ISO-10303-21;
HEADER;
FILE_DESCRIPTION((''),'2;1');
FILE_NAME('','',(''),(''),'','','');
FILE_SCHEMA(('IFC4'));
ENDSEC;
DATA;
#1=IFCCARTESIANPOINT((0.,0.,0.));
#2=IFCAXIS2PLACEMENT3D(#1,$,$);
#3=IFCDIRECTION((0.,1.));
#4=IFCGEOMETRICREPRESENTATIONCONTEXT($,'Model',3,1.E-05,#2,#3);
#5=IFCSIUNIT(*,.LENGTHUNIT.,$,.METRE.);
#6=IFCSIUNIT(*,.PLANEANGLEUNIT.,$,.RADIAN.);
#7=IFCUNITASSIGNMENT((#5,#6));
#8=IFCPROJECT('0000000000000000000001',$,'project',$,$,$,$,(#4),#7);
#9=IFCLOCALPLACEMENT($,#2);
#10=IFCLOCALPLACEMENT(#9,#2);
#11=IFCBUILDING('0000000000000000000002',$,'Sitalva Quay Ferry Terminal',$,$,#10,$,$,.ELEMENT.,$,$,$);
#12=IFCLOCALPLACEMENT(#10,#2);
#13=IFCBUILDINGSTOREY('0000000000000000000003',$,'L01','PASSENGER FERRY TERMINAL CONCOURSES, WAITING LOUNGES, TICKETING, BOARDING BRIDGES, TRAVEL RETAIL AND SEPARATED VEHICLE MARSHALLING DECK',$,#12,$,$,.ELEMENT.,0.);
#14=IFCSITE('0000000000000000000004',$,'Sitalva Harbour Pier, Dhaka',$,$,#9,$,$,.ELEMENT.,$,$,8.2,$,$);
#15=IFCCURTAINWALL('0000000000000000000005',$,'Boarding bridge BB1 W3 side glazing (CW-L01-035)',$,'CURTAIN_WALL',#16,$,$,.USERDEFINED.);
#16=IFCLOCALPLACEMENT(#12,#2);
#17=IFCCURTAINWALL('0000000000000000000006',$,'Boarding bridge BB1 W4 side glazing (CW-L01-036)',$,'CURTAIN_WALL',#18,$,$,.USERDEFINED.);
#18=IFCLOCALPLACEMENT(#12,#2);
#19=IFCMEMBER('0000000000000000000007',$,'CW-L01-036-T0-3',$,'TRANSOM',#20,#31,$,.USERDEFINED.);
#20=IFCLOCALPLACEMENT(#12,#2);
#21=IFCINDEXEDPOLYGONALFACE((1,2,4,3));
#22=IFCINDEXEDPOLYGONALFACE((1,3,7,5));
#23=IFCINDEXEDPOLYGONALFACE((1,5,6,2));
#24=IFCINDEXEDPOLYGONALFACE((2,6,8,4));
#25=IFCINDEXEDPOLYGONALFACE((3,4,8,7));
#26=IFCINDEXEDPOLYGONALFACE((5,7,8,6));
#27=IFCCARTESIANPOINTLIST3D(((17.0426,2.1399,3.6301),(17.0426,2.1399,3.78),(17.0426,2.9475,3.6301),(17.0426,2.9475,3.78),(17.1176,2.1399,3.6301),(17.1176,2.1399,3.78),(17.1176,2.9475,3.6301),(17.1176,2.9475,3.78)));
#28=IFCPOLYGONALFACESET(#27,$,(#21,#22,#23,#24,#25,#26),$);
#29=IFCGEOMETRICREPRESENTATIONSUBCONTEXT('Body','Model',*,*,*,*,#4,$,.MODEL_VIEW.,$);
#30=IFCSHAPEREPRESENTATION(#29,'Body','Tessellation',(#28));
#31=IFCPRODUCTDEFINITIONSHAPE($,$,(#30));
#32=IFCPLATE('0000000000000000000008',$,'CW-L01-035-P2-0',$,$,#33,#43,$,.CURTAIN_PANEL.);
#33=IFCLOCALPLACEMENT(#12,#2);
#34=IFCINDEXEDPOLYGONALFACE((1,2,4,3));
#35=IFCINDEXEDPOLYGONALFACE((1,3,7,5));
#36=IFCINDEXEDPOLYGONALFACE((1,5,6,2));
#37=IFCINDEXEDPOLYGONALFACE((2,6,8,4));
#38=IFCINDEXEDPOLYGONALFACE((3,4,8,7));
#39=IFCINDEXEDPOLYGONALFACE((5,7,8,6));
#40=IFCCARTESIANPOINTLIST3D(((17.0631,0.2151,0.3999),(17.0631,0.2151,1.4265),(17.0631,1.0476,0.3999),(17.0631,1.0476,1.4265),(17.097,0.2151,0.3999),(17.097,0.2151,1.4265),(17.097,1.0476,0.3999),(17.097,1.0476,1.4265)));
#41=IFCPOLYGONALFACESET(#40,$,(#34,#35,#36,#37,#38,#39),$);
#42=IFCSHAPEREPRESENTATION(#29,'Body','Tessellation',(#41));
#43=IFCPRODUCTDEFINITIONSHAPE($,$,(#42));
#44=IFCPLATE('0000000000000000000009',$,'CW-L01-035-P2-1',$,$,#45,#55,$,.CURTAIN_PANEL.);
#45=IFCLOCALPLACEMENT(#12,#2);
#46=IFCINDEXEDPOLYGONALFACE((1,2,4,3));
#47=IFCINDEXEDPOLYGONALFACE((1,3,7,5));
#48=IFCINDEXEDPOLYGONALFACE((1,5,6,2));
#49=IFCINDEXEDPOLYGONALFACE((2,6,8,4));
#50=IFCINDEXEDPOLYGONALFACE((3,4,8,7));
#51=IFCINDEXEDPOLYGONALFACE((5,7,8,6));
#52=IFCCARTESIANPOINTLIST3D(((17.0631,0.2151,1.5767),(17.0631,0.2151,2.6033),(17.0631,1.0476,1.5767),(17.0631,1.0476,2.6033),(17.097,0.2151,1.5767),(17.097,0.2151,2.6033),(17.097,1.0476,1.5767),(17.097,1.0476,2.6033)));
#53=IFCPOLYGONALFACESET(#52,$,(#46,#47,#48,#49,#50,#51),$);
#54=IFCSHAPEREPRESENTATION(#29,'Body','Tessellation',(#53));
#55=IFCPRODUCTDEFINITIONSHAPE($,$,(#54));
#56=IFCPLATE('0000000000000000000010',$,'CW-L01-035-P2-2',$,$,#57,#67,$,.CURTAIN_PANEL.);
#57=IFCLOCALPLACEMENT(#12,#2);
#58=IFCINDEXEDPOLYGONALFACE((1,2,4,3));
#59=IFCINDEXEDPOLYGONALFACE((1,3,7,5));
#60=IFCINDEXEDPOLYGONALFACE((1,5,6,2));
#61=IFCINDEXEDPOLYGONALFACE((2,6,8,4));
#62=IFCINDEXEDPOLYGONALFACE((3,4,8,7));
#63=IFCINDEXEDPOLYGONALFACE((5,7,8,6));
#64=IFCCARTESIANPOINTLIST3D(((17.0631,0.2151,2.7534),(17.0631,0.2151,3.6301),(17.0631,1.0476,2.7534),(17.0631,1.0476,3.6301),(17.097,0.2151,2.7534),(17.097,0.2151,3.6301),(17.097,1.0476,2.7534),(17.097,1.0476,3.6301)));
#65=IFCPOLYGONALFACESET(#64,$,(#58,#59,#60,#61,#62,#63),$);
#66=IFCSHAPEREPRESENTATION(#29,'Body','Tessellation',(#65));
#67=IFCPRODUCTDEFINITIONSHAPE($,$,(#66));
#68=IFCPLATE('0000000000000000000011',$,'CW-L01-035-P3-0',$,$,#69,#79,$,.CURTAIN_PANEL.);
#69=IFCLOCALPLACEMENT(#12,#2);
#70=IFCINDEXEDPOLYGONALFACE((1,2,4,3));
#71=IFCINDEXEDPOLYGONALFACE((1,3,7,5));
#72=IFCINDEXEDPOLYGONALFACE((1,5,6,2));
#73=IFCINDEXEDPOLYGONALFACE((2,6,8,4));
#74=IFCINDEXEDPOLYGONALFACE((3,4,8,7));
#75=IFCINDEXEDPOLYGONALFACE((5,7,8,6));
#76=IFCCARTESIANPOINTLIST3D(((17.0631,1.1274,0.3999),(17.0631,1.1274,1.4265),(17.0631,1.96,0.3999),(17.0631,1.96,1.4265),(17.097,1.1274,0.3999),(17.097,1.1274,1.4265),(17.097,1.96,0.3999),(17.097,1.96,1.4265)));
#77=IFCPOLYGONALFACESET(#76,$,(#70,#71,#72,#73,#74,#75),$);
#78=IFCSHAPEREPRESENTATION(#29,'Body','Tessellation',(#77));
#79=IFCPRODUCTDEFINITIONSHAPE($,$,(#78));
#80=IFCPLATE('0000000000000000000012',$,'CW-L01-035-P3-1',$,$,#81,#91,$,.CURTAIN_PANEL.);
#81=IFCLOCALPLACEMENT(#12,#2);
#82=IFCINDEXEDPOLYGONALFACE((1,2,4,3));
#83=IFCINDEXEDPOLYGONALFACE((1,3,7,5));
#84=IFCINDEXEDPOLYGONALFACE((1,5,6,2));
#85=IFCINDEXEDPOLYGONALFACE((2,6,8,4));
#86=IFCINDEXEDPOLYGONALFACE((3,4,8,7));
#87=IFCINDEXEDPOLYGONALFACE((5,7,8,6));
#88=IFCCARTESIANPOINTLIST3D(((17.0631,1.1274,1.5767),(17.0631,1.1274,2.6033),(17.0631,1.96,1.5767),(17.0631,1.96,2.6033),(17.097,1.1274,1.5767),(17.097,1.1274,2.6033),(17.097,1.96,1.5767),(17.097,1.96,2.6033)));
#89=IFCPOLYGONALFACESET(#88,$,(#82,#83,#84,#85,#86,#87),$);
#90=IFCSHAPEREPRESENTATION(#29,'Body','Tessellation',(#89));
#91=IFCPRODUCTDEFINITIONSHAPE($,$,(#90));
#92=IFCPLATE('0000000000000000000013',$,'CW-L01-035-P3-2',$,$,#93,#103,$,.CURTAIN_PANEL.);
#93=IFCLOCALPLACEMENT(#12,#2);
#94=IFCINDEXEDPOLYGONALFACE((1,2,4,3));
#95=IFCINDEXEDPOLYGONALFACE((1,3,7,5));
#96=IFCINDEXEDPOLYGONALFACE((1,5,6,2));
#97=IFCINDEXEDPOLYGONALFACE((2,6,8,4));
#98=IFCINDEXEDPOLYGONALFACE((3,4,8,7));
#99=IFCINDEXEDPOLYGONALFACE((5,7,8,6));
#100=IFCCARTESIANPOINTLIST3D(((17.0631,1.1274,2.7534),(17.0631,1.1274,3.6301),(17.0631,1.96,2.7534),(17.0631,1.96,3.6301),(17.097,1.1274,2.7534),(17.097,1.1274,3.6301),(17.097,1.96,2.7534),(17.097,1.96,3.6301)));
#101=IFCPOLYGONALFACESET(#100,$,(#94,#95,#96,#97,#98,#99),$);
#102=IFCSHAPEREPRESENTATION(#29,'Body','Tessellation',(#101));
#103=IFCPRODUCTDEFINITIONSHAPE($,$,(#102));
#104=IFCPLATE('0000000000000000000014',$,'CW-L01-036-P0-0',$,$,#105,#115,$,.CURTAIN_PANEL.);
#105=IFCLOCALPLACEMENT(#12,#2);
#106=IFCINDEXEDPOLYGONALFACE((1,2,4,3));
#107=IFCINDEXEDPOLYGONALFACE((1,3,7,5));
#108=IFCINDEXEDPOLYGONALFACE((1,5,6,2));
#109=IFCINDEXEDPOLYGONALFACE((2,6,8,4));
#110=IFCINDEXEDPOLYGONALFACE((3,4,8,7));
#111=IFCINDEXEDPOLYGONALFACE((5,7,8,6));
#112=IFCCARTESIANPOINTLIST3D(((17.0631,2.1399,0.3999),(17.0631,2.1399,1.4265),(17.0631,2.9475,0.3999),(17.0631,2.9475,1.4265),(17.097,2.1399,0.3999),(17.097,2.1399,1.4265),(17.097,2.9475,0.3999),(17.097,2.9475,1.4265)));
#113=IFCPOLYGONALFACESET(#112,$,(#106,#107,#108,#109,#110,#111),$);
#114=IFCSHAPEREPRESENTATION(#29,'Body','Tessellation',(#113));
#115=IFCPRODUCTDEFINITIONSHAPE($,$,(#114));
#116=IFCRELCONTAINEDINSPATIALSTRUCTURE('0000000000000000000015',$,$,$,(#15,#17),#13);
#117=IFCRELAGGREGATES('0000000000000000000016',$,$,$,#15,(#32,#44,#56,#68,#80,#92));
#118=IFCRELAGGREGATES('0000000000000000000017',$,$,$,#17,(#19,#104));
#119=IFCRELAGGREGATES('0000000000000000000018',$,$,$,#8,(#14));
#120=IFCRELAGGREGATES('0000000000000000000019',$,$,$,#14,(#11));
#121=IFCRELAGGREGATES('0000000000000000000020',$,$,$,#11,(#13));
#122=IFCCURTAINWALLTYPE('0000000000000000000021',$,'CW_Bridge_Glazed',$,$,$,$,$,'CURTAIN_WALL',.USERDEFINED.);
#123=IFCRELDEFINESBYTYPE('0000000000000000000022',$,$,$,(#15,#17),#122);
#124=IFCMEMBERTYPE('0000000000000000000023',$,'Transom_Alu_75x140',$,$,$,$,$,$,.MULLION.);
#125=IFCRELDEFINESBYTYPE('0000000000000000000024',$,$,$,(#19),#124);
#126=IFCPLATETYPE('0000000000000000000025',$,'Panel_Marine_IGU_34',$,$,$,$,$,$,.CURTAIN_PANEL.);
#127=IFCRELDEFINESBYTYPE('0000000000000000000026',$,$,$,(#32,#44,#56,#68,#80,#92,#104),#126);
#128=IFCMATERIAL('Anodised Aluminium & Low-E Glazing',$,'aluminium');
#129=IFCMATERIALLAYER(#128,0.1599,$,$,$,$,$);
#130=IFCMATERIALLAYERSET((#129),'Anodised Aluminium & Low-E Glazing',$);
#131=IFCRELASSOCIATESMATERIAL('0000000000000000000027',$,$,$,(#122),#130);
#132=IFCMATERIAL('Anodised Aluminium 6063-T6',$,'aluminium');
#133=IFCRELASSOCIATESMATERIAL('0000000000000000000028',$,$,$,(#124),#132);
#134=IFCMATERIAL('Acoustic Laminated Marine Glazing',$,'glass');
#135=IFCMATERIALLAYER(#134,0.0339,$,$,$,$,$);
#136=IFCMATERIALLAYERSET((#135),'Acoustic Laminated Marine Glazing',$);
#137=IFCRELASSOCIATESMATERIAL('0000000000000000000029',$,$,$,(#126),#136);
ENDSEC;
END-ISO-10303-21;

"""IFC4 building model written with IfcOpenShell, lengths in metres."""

from ifc_helpers import new_model, si_unit, direction, frame, origin, origin_2d, place, context, subcontext, project, spatial, rectangle, extrude, material, layer, layer_set, material_profile, profile_set, type_object, element, aggregate, save


model = new_model("IFC4")

# Units and contexts
model_context = context("Model", 3, precision=1e-05, world=origin(), true_north=direction((0.0, 1.0)))
body_context = subcontext(model_context, "Body", "Model", "MODEL_VIEW")
ifc_project = project(units=[si_unit("LENGTHUNIT", "METRE"), si_unit("PLANEANGLEUNIT", "RADIAN")], contexts=[model_context])

# Site, building, storey
site_placement = place(None, origin())
site = spatial("IfcSite", under=ifc_project, at=site_placement, Name="Sitalva Harbour Pier, Dhaka", CompositionType="ELEMENT", RefElevation=8.2)
building_placement = place(site_placement, origin())
building = spatial("IfcBuilding", under=site, at=building_placement, Name="Sitalva Quay Ferry Terminal", CompositionType="ELEMENT")
storey_placement = place(building_placement, origin())
storey = spatial("IfcBuildingStorey", under=building, at=storey_placement, Name="L01", Description="PASSENGER FERRY TERMINAL CONCOURSES, WAITING LOUNGES, TICKETING, BOARDING BRIDGES, TRAVEL RETAIL AND SEPARATED VEHICLE MARSHALLING DECK", CompositionType="ELEMENT", Elevation=0.0)

# Curtain wall
ifc_material_1 = material(Name="Anodised Aluminium & Low-E Glazing", Category="aluminium")
ifc_layer_1 = layer(ifc_material_1, 0.1599)
ifc_layer_set_1 = layer_set([ifc_layer_1], Name="Anodised Aluminium & Low-E Glazing")
curtain_wall_type = type_object("IfcCurtainWallType", Name="CW_Bridge_Glazed", ElementType="CURTAIN_WALL", PredefinedType="USERDEFINED", material=ifc_layer_set_1)
curtain_wall_1_placement = place(storey_placement, origin())
curtain_wall_1 = element("IfcCurtainWall", 1, at=curtain_wall_1_placement, inside=storey, type_object=curtain_wall_type, Name="Boarding bridge BB1 W3 side glazing (CW-L01-035)", ObjectType="CURTAIN_WALL", PredefinedType="USERDEFINED")

# Curtain wall
curtain_wall_2_placement = place(storey_placement, origin())
curtain_wall_2 = element("IfcCurtainWall", 2, at=curtain_wall_2_placement, inside=storey, type_object=curtain_wall_type, Name="Boarding bridge BB1 W4 side glazing (CW-L01-036)", ObjectType="CURTAIN_WALL", PredefinedType="USERDEFINED")

# Member
ifc_material_2 = material(Name="Anodised Aluminium 6063-T6", Category="aluminium")
ifc_material_profile_1 = material_profile(ifc_material_2, rectangle(XDim=0.075, YDim=0.1499, at=origin_2d()), Name="ALU75x150")
ifc_profile_set_1 = profile_set([ifc_material_profile_1], Name="Anodised Aluminium 6063-T6")
member_type_1 = type_object("IfcMemberType", Name="Transom_Alu_75x140", PredefinedType="MULLION", material=ifc_profile_set_1)
member_1_placement = place(storey_placement, frame((17.0801, 2.1399, 3.7051), z_axis=(0.0, 1.0, 0.0), x_axis=(-1.0, 0.0, 0.0)))
member_1 = element("IfcMember", 3, at=member_1_placement, type_object=member_type_1, Name="CW-L01-036-T0-3", ObjectType="TRANSOM", PredefinedType="USERDEFINED", context=body_context, shape_type="SweptSolid", body=[
    extrude(rectangle(XDim=0.075, YDim=0.1499, at=origin_2d()), origin(), (0.0, 0.0, 1.0), 0.8076),
])

# Plates
ifc_material_3 = material(Name="Acoustic Laminated Marine Glazing", Category="glass")
ifc_layer_2 = layer(ifc_material_3, 0.0339)
ifc_layer_set_2 = layer_set([ifc_layer_2], Name="Acoustic Laminated Marine Glazing")
plate_type = type_object("IfcPlateType", Name="Panel_Marine_IGU_34", PredefinedType="CURTAIN_PANEL", material=ifc_layer_set_2)
plate_1_placement = place(storey_placement, frame((17.0801, 0.6313, 0.3999), z_axis=(0.0, 0.0, 1.0), x_axis=(0.0, 1.0, 0.0)))
plate_1 = element("IfcPlate", 4, at=plate_1_placement, type_object=plate_type, Name="CW-L01-035-P2-0", PredefinedType="CURTAIN_PANEL", context=body_context, shape_type="SweptSolid", body=[
    extrude(rectangle(XDim=0.8325, YDim=0.0339, at=origin_2d()), origin(), (0.0, 0.0, 1.0), 1.0266),
])
plate_2_placement = place(storey_placement, frame((17.0801, 0.6313, 1.5767), z_axis=(0.0, 0.0, 1.0), x_axis=(0.0, 1.0, 0.0)))
plate_2 = element("IfcPlate", 5, at=plate_2_placement, type_object=plate_type, Name="CW-L01-035-P2-1", PredefinedType="CURTAIN_PANEL", context=body_context, shape_type="SweptSolid", body=[
    extrude(rectangle(XDim=0.8325, YDim=0.0339, at=origin_2d()), origin(), (0.0, 0.0, 1.0), 1.0266),
])
plate_3_placement = place(storey_placement, frame((17.0801, 0.6313, 2.7534), z_axis=(0.0, 0.0, 1.0), x_axis=(0.0, 1.0, 0.0)))
plate_3 = element("IfcPlate", 6, at=plate_3_placement, type_object=plate_type, Name="CW-L01-035-P2-2", PredefinedType="CURTAIN_PANEL", context=body_context, shape_type="SweptSolid", body=[
    extrude(rectangle(XDim=0.8325, YDim=0.0339, at=origin_2d()), origin(), (0.0, 0.0, 1.0), 0.8767),
])
plate_4_placement = place(storey_placement, frame((17.0801, 1.5437, 0.3999), z_axis=(0.0, 0.0, 1.0), x_axis=(0.0, 1.0, 0.0)))
plate_4 = element("IfcPlate", 7, at=plate_4_placement, type_object=plate_type, Name="CW-L01-035-P3-0", PredefinedType="CURTAIN_PANEL", context=body_context, shape_type="SweptSolid", body=[
    extrude(rectangle(XDim=0.8325, YDim=0.0339, at=origin_2d()), origin(), (0.0, 0.0, 1.0), 1.0266),
])
plate_5_placement = place(storey_placement, frame((17.0801, 1.5437, 1.5767), z_axis=(0.0, 0.0, 1.0), x_axis=(0.0, 1.0, 0.0)))
plate_5 = element("IfcPlate", 8, at=plate_5_placement, type_object=plate_type, Name="CW-L01-035-P3-1", PredefinedType="CURTAIN_PANEL", context=body_context, shape_type="SweptSolid", body=[
    extrude(rectangle(XDim=0.8325, YDim=0.0339, at=origin_2d()), origin(), (0.0, 0.0, 1.0), 1.0266),
])
plate_6_placement = place(storey_placement, frame((17.0801, 1.5437, 2.7534), z_axis=(0.0, 0.0, 1.0), x_axis=(0.0, 1.0, 0.0)))
plate_6 = element("IfcPlate", 9, at=plate_6_placement, type_object=plate_type, Name="CW-L01-035-P3-2", PredefinedType="CURTAIN_PANEL", context=body_context, shape_type="SweptSolid", body=[
    extrude(rectangle(XDim=0.8325, YDim=0.0339, at=origin_2d()), origin(), (0.0, 0.0, 1.0), 0.8767),
])
aggregate(curtain_wall_1, [plate_1, plate_2, plate_3, plate_4, plate_5, plate_6])
plate_7_placement = place(storey_placement, frame((17.0801, 2.5437, 0.3999), z_axis=(0.0, 0.0, 1.0), x_axis=(0.0, 1.0, 0.0)))
plate_7 = element("IfcPlate", 10, at=plate_7_placement, type_object=plate_type, Name="CW-L01-036-P0-0", PredefinedType="CURTAIN_PANEL", context=body_context, shape_type="SweptSolid", body=[
    extrude(rectangle(XDim=0.8076, YDim=0.0339, at=origin_2d()), origin(), (0.0, 0.0, 1.0), 1.0266),
])
aggregate(curtain_wall_2, [member_1, plate_7])

save(model, "model.ifc")
